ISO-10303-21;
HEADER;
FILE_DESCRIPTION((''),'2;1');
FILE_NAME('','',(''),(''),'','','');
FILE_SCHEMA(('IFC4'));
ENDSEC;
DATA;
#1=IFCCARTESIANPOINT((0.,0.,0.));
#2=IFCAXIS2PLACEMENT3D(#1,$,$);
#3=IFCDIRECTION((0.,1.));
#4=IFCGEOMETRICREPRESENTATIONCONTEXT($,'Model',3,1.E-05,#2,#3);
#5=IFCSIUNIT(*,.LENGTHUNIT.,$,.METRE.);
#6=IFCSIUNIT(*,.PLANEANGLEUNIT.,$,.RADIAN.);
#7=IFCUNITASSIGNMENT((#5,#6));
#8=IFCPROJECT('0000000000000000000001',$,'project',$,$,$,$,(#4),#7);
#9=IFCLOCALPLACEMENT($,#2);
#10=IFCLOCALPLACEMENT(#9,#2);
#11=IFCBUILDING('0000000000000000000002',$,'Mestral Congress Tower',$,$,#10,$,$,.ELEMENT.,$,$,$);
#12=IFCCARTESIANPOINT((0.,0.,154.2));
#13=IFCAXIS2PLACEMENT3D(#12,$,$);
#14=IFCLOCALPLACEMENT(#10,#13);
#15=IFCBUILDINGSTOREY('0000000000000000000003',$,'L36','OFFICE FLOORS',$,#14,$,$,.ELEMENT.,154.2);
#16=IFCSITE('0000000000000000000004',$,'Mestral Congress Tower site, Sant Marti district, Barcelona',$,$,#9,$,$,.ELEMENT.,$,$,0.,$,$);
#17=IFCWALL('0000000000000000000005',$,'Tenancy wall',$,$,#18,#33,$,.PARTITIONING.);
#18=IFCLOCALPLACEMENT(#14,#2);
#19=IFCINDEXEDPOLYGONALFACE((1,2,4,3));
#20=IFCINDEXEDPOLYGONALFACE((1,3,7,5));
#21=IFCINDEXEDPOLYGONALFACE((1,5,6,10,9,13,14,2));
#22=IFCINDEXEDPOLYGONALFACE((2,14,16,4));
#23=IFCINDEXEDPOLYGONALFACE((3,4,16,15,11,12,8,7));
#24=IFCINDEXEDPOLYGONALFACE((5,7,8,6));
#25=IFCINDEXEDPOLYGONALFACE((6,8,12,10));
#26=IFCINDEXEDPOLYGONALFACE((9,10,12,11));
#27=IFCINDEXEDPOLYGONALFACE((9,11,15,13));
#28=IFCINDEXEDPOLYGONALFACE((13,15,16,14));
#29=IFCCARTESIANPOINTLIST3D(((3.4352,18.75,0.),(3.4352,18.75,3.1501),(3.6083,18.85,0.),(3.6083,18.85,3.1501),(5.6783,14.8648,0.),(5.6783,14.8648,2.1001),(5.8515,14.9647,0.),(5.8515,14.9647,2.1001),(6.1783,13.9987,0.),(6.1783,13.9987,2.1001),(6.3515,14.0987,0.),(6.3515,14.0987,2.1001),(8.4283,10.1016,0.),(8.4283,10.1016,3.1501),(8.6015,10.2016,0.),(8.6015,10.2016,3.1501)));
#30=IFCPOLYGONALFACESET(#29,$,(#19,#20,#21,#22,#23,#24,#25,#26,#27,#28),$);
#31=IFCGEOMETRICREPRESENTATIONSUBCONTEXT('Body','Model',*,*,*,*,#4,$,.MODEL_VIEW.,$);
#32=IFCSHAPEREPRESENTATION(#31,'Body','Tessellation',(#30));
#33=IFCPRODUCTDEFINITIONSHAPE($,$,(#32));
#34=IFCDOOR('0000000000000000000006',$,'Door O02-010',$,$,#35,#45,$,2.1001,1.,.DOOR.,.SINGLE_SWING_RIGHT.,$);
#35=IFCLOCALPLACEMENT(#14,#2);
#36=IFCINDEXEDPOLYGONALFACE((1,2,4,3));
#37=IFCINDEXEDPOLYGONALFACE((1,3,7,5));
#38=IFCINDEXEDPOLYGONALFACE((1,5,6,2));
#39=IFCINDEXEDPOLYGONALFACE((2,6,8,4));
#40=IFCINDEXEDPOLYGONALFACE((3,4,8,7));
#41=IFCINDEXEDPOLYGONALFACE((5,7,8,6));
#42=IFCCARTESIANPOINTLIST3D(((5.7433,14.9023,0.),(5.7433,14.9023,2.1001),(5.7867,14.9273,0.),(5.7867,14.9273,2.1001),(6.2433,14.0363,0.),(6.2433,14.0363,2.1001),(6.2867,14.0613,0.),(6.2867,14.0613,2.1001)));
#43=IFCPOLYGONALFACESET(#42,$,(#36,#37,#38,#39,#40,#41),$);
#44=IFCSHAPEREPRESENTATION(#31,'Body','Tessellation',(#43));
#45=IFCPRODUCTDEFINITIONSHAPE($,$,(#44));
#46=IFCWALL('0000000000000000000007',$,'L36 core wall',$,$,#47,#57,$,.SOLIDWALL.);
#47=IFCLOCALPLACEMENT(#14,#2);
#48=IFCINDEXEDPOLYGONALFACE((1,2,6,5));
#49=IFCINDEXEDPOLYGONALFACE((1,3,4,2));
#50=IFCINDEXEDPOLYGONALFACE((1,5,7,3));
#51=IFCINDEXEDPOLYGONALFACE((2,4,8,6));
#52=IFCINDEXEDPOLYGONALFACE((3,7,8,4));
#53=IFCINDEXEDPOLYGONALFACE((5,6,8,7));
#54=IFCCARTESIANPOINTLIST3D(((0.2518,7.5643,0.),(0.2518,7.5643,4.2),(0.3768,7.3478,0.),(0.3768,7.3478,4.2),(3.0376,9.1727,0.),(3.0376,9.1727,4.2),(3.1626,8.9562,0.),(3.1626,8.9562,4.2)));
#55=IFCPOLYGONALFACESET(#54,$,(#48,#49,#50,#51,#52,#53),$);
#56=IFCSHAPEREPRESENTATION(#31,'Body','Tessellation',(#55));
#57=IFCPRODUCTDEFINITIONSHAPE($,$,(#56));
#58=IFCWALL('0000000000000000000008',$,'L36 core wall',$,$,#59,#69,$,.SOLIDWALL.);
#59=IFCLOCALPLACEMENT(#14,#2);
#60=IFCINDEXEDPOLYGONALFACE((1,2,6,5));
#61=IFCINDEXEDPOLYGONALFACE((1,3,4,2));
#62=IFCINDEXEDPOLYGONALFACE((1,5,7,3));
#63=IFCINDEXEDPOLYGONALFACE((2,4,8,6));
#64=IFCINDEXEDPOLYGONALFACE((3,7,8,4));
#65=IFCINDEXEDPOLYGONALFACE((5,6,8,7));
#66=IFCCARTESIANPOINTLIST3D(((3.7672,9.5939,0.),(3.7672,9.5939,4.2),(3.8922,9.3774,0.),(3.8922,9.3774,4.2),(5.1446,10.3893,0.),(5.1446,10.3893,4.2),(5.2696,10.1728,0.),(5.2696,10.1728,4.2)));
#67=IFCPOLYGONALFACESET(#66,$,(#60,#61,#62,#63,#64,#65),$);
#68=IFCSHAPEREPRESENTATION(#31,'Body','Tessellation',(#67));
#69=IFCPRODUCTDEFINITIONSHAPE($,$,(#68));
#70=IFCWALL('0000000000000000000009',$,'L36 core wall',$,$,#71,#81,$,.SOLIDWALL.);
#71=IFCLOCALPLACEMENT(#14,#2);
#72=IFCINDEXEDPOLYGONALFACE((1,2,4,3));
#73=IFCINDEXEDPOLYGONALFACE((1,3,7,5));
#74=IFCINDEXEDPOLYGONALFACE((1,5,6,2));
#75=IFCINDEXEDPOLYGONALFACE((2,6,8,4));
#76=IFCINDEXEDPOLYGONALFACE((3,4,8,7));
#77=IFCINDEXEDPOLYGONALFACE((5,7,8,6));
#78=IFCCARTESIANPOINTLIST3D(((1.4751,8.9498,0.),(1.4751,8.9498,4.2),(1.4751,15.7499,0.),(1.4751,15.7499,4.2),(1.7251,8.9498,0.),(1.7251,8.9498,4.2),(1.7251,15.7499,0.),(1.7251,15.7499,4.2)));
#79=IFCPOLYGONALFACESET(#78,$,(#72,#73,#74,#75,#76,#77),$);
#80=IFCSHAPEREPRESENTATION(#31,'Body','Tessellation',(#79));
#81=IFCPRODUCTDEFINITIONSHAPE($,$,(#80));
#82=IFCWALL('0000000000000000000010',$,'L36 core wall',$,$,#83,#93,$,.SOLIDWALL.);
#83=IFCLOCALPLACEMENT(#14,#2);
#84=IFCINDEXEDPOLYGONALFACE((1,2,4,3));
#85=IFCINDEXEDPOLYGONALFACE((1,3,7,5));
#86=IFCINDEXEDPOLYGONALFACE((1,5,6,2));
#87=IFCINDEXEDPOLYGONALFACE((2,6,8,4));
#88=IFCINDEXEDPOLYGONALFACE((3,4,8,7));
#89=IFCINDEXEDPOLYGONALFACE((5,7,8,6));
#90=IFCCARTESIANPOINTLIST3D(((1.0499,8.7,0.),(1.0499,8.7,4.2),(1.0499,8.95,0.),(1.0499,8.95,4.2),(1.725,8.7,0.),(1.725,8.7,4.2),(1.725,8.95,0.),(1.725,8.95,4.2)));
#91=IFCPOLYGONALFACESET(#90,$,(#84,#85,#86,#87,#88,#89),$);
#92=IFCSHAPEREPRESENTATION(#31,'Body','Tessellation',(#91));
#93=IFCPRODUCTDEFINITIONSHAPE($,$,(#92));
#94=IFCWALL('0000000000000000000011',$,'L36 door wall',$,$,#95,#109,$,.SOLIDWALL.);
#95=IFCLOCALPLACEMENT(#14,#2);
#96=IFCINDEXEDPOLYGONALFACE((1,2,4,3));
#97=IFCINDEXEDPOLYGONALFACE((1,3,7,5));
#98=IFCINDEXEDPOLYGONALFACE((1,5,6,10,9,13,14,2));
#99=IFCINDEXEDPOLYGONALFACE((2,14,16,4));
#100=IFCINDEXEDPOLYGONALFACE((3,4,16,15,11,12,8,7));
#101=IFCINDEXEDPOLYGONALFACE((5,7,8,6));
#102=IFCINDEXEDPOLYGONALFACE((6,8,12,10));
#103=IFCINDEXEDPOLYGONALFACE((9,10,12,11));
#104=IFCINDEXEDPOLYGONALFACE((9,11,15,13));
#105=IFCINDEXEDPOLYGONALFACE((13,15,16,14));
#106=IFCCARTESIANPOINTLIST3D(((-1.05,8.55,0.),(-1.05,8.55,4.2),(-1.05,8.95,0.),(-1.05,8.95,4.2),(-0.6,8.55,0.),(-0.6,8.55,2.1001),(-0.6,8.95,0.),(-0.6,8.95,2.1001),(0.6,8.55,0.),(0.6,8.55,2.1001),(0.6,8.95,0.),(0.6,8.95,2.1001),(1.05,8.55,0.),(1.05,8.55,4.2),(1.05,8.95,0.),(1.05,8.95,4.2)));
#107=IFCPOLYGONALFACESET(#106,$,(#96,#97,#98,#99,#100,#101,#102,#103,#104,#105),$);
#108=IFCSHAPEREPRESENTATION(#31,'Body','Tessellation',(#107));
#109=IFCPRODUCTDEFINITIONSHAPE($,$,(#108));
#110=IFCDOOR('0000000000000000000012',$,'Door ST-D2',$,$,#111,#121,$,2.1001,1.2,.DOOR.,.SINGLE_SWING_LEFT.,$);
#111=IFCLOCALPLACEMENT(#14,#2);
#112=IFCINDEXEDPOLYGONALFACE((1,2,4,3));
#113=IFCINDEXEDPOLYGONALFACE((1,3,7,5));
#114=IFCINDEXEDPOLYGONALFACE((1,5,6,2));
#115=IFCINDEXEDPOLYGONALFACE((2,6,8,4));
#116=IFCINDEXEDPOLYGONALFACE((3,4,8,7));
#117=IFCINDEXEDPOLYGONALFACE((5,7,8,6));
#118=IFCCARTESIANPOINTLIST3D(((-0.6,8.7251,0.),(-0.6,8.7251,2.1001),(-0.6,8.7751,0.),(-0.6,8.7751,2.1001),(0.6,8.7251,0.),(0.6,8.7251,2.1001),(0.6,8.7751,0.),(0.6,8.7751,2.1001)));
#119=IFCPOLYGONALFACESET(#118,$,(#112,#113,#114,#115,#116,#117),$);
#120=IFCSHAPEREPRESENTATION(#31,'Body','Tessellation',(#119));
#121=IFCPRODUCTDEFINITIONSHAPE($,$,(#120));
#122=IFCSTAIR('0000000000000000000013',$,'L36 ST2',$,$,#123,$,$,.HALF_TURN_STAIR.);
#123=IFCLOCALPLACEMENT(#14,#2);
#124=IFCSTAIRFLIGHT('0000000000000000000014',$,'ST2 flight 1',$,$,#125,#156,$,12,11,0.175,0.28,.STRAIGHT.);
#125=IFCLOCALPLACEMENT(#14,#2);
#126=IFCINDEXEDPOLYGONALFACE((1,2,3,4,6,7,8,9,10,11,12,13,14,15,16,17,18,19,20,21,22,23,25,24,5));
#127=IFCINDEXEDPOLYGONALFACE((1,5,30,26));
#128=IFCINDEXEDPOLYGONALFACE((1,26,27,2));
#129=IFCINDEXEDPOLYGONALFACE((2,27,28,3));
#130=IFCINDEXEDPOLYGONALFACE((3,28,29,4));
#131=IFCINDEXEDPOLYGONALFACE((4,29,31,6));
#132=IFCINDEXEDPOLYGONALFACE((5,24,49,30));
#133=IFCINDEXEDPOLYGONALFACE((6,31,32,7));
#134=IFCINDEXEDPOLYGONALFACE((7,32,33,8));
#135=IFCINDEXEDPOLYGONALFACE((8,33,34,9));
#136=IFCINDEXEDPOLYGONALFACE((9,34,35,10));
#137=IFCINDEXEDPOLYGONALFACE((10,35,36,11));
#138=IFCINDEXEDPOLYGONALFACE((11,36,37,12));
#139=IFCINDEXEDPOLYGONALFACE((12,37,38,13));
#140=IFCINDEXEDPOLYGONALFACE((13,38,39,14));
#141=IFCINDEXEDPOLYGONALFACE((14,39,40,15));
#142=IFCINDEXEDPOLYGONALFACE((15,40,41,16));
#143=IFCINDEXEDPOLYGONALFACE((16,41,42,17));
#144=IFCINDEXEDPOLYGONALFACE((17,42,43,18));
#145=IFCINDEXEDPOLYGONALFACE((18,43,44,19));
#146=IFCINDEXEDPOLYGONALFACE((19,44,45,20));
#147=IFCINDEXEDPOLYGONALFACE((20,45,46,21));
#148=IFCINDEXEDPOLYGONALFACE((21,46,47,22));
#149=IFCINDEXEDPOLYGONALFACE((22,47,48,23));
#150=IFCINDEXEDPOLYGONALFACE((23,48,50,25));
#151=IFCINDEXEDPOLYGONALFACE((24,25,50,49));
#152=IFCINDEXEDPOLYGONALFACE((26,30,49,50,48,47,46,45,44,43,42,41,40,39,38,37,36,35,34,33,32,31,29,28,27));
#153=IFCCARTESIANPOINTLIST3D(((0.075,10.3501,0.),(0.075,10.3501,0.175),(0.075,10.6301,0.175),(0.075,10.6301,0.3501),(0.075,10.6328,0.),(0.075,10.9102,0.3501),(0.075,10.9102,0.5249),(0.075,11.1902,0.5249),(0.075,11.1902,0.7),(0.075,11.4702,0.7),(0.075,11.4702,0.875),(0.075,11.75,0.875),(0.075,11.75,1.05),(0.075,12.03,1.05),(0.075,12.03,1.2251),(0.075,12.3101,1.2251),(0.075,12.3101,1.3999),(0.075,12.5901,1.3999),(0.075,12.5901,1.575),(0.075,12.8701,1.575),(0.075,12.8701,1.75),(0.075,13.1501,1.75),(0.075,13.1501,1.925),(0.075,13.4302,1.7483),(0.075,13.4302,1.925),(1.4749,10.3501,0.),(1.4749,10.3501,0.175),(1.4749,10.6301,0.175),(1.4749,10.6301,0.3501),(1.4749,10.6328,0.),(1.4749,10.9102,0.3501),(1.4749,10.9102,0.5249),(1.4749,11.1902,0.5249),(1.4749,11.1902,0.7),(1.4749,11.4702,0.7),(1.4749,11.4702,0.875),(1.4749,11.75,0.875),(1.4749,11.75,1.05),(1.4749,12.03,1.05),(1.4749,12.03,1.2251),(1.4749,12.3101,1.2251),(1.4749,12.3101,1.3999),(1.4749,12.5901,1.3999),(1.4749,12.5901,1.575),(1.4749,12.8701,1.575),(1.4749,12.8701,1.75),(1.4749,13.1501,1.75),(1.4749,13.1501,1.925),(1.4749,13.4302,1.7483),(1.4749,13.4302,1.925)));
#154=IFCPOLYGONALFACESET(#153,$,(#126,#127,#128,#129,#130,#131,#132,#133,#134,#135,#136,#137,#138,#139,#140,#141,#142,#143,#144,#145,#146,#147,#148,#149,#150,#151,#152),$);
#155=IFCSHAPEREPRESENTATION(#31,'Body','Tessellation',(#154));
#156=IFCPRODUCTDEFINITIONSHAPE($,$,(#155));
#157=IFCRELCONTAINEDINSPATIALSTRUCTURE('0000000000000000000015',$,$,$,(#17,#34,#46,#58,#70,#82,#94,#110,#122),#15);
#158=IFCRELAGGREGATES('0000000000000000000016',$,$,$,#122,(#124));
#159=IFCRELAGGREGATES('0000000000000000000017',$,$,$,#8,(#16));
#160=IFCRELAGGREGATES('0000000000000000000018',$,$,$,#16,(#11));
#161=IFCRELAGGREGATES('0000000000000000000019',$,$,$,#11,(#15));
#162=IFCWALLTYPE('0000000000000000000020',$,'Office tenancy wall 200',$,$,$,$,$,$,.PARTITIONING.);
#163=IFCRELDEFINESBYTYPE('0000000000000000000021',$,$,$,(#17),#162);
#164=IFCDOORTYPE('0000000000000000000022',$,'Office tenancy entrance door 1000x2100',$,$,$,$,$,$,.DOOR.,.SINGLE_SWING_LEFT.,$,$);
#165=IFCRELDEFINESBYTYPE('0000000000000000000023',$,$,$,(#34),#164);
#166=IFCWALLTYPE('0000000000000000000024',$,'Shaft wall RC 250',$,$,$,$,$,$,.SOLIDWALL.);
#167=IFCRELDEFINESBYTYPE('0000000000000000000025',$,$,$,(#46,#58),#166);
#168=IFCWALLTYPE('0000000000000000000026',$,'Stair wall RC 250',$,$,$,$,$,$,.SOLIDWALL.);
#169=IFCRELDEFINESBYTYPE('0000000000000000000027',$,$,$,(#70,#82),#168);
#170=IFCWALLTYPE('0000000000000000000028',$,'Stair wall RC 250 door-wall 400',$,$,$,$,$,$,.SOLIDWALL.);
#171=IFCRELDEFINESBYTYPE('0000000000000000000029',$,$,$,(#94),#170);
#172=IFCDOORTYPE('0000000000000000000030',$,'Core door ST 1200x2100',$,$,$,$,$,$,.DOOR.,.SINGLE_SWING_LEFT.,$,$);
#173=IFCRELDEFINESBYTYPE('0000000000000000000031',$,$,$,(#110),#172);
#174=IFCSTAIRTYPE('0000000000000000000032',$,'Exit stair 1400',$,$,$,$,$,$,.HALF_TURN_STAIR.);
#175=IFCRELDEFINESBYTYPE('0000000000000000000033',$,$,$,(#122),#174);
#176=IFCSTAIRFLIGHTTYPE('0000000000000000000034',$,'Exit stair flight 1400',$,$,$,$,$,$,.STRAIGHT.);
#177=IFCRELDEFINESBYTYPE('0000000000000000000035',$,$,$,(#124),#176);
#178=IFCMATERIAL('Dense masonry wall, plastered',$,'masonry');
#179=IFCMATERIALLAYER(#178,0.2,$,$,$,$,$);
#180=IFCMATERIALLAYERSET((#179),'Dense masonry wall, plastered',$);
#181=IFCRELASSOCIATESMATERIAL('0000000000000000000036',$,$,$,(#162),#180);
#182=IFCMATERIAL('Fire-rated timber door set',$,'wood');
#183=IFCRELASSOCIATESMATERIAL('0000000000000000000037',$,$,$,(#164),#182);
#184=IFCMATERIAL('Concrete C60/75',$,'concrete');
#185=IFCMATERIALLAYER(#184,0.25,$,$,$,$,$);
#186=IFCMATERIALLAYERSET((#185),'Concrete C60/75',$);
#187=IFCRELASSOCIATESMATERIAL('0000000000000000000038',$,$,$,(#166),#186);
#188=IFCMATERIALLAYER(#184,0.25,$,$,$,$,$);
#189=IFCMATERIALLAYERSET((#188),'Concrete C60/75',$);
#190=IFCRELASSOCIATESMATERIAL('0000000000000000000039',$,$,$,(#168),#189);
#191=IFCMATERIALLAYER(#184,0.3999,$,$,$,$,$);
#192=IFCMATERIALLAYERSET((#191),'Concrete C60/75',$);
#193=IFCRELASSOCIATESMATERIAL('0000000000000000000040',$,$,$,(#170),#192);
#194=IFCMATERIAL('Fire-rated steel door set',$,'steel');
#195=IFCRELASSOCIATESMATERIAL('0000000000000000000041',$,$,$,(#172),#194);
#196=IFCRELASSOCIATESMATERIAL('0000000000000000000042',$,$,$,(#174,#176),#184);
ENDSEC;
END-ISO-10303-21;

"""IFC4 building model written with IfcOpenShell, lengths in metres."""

from ifc_helpers import new_model, si_unit, direction, frame, frame_2d, origin, place, context, subcontext, project, spatial, polyline, rectangle, outline, extrude, material, layer, layer_set, type_object, element, fill, aggregate, save


model = new_model("IFC4")

# Units and contexts
model_context = context("Model", 3, precision=1e-05, world=origin(), true_north=direction((0.0, 1.0)))
body_context = subcontext(model_context, "Body", "Model", "MODEL_VIEW")
ifc_project = project(units=[si_unit("LENGTHUNIT", "METRE"), si_unit("PLANEANGLEUNIT", "RADIAN")], contexts=[model_context])

# Site, building, storey
site_placement = place(None, origin())
site = spatial("IfcSite", under=ifc_project, at=site_placement, Name="Mestral Congress Tower site, Sant Marti district, Barcelona", CompositionType="ELEMENT", RefElevation=0.0)
building_placement = place(site_placement, origin())
building = spatial("IfcBuilding", under=site, at=building_placement, Name="Mestral Congress Tower", CompositionType="ELEMENT")
storey_placement = place(building_placement, frame((0.0, 0.0, 154.2)))
storey = spatial("IfcBuildingStorey", under=building, at=storey_placement, Name="L36", Description="OFFICE FLOORS", CompositionType="ELEMENT", Elevation=154.2)

# Shared definitions
ifc_material_1 = material(Name="Concrete C60/75", Category="concrete")

# Shared definitions
ifc_material_2 = material(Name="Fire-rated steel door set", Category="steel")

# Wall, opening, door
ifc_material_3 = material(Name="Dense masonry wall, plastered", Category="masonry")
ifc_layer_1 = layer(ifc_material_3, 0.2)
ifc_layer_set_1 = layer_set([ifc_layer_1], Name="Dense masonry wall, plastered")
wall_type_1 = type_object("IfcWallType", Name="Office tenancy wall 200", PredefinedType="PARTITIONING", material=ifc_layer_set_1)
wall_1_placement = place(storey_placement, frame((8.5149, 10.1516, 0.0), z_axis=(0.0, 0.0, 1.0), x_axis=(-0.499999, 0.866026, 0.0)))
wall_1 = element("IfcWall", 1, at=wall_1_placement, inside=storey, type_object=wall_type_1, Name="Tenancy wall", PredefinedType="PARTITIONING", context=body_context, shape_type="SweptSolid", body=[
    extrude(rectangle(XDim=9.9863, YDim=0.2, at=frame_2d((4.9932, 0.0))), origin(), (0.0, 0.0, 1.0), 3.1501),
])
opening_1_placement = place(wall_1_placement, frame((4.5, 0.0, 0.0)))
opening_1 = element("IfcOpeningElement", 2, at=opening_1_placement, cuts=wall_1, PredefinedType="OPENING", context=body_context, shape_type="SweptSolid", body=[
    extrude(rectangle(XDim=1.0, YDim=2.1001, at=frame_2d((0.5, 1.05))), frame((0.0, 0.1099, 0.0), z_axis=(0.0, -1.0, 0.0), x_axis=(1.0, 0.0, 0.0)), (0.0, 0.0, 1.0), 0.22),
])
ifc_material_4 = material(Name="Fire-rated timber door set", Category="wood")
door_type_1 = type_object("IfcDoorType", Name="Office tenancy entrance door 1000x2100", OperationType="SINGLE_SWING_LEFT", PredefinedType="DOOR", material=ifc_material_4)
door_1_placement = place(opening_1_placement, origin())
door_1 = element("IfcDoor", 3, at=door_1_placement, inside=storey, type_object=door_type_1, Name="Door O02-010", OperationType="SINGLE_SWING_RIGHT", OverallHeight=2.1001, OverallWidth=1.0, PredefinedType="DOOR", context=body_context, shape_type="SweptSolid", body=[
    extrude(rectangle(XDim=1.0, YDim=2.1001, at=frame_2d((0.5, 1.05))), frame((0.0, 0.0249, 0.0), z_axis=(0.0, -1.0, 0.0), x_axis=(1.0, 0.0, 0.0)), (0.0, 0.0, 1.0), 0.05),
])
fill(opening_1, door_1)

# Walls
ifc_layer_2 = layer(ifc_material_1, 0.25)
ifc_layer_set_2 = layer_set([ifc_layer_2], Name="Concrete C60/75")
wall_type_2 = type_object("IfcWallType", Name="Shaft wall RC 250", PredefinedType="SOLIDWALL", material=ifc_layer_set_2)
wall_2_placement = place(storey_placement, frame((3.1001, 9.0645, 0.0), z_axis=(0.0, 0.0, 1.0), x_axis=(-0.86603, -0.499992, 0.0)))
element("IfcWall", 4, at=wall_2_placement, inside=storey, type_object=wall_type_2, Name="L36 core wall", PredefinedType="SOLIDWALL", context=body_context, shape_type="SweptSolid", body=[
    extrude(rectangle(XDim=3.2168, YDim=0.25, at=frame_2d((1.6084, 0.0))), origin(), (0.0, 0.0, 1.0), 4.2),
])
wall_3_placement = place(storey_placement, frame((3.8296, 9.4856, 0.0), z_axis=(0.0, 0.0, 1.0), x_axis=(0.865986, 0.500068, 0.0)))
element("IfcWall", 5, at=wall_3_placement, inside=storey, type_object=wall_type_2, Name="L36 core wall", PredefinedType="SOLIDWALL", context=body_context, shape_type="SweptSolid", body=[
    extrude(rectangle(XDim=1.5906, YDim=0.25, at=frame_2d((0.7954, 0.0))), origin(), (0.0, 0.0, 1.0), 4.2),
])
ifc_layer_3 = layer(ifc_material_1, 0.25)
ifc_layer_set_3 = layer_set([ifc_layer_3], Name="Concrete C60/75")
wall_type_3 = type_object("IfcWallType", Name="Stair wall RC 250", PredefinedType="SOLIDWALL", material=ifc_layer_set_3)
wall_4_placement = place(storey_placement, frame((1.6001, 8.95, 0.0), z_axis=(0.0, 0.0, 1.0), x_axis=(0.0, 1.0, 0.0)))
element("IfcWall", 6, at=wall_4_placement, inside=storey, type_object=wall_type_3, Name="L36 core wall", PredefinedType="SOLIDWALL", context=body_context, shape_type="SweptSolid", body=[
    extrude(rectangle(XDim=6.8, YDim=0.25, at=frame_2d((3.3999, 0.0))), origin(), (0.0, 0.0, 1.0), 4.2),
])
wall_5_placement = place(storey_placement, frame((1.05, 8.825, 0.0), z_axis=(0.0, 0.0, 1.0), x_axis=(1.0, 0.0, 0.0)))
element("IfcWall", 7, at=wall_5_placement, inside=storey, type_object=wall_type_3, Name="L36 core wall", PredefinedType="SOLIDWALL", context=body_context, shape_type="SweptSolid", body=[
    extrude(rectangle(XDim=0.675, YDim=0.25, at=frame_2d((0.3374, 0.0))), origin(), (0.0, 0.0, 1.0), 4.2),
])

# Wall, opening, door
ifc_layer_4 = layer(ifc_material_1, 0.3999)
ifc_layer_set_4 = layer_set([ifc_layer_4], Name="Concrete C60/75")
wall_type_4 = type_object("IfcWallType", Name="Stair wall RC 250 door-wall 400", PredefinedType="SOLIDWALL", material=ifc_layer_set_4)
wall_6_placement = place(storey_placement, frame((1.05, 8.75, 0.0), z_axis=(0.0, 0.0, 1.0), x_axis=(-1.0, 0.0, 0.0)))
wall_6 = element("IfcWall", 8, at=wall_6_placement, inside=storey, type_object=wall_type_4, Name="L36 door wall", PredefinedType="SOLIDWALL", context=body_context, shape_type="SweptSolid", body=[
    extrude(rectangle(XDim=2.1001, YDim=0.3999, at=frame_2d((1.05, 0.0))), origin(), (0.0, 0.0, 1.0), 4.2),
])
opening_2_placement = place(wall_6_placement, frame((0.45, 0.0, 0.0)))
opening_2 = element("IfcOpeningElement", 9, at=opening_2_placement, cuts=wall_6, PredefinedType="OPENING", context=body_context, shape_type="SweptSolid", body=[
    extrude(rectangle(XDim=1.2, YDim=2.1001, at=frame_2d((0.6001, 1.05))), frame((0.0, 0.21, 0.0), z_axis=(0.0, -1.0, 0.0), x_axis=(1.0, 0.0, 0.0)), (0.0, 0.0, 1.0), 0.4199),
])
door_type_2 = type_object("IfcDoorType", Name="Core door ST 1200x2100", OperationType="SINGLE_SWING_LEFT", PredefinedType="DOOR", material=ifc_material_2)
door_2_placement = place(opening_2_placement, origin())
door_2 = element("IfcDoor", 10, at=door_2_placement, inside=storey, type_object=door_type_2, Name="Door ST-D2", OperationType="SINGLE_SWING_LEFT", OverallHeight=2.1001, OverallWidth=1.2, PredefinedType="DOOR", context=body_context, shape_type="SweptSolid", body=[
    extrude(rectangle(XDim=1.2, YDim=2.1001, at=frame_2d((0.6001, 1.05))), frame((0.0, 0.0249, 0.0), z_axis=(0.0, -1.0, 0.0), x_axis=(1.0, 0.0, 0.0)), (0.0, 0.0, 1.0), 0.05),
])
fill(opening_2, door_2)

# Stair, stair flight
stair_type = type_object("IfcStairType", Name="Exit stair 1400", PredefinedType="HALF_TURN_STAIR", material=ifc_material_1)
stair_placement = place(storey_placement, origin())
stair = element("IfcStair", 11, at=stair_placement, inside=storey, type_object=stair_type, Name="L36 ST2", PredefinedType="HALF_TURN_STAIR")
stair_flight_type = type_object("IfcStairFlightType", Name="Exit stair flight 1400", PredefinedType="STRAIGHT", material=ifc_material_1)
stair_flight_placement = place(storey_placement, frame((0.7749, 10.3501, 0.0), z_axis=(0.0, 0.0, 1.0), x_axis=(0.0, 1.0, 0.0)))
stair_flight = element("IfcStairFlight", 12, at=stair_flight_placement, type_object=stair_flight_type, Name="ST2 flight 1", NumberOfRisers=12, NumberOfTreads=11, PredefinedType="STRAIGHT", RiserHeight=0.175, TreadLength=0.28, context=body_context, shape_type="SweptSolid", body=[
    extrude(outline(polyline([(0.0, 0.0), (0.0, 0.175), (0.28, 0.175), (0.28, 0.3501), (0.5601, 0.3501), (0.5601, 0.5249), (0.8401, 0.5249), (0.8401, 0.7), (1.1201, 0.7), (1.1201, 0.875), (1.3999, 0.875), (1.3999, 1.05), (1.6799, 1.05), (1.6799, 1.2251), (1.96, 1.2251), (1.96, 1.3999), (2.24, 1.3999), (2.24, 1.575), (2.52, 1.575), (2.52, 1.75), (2.8, 1.75), (2.8, 1.925), (3.0801, 1.925), (3.0801, 2.1001), (3.0801, 1.7483), (0.2827, 0.0), (0.0, 0.0)])), frame((0.0, 0.7, 0.0), z_axis=(0.0, -1.0, 0.0), x_axis=(1.0, 0.0, 0.0)), (0.0, 0.0, 1.0), 1.3999),
])
aggregate(stair, [stair_flight])

save(model, "model.ifc")
